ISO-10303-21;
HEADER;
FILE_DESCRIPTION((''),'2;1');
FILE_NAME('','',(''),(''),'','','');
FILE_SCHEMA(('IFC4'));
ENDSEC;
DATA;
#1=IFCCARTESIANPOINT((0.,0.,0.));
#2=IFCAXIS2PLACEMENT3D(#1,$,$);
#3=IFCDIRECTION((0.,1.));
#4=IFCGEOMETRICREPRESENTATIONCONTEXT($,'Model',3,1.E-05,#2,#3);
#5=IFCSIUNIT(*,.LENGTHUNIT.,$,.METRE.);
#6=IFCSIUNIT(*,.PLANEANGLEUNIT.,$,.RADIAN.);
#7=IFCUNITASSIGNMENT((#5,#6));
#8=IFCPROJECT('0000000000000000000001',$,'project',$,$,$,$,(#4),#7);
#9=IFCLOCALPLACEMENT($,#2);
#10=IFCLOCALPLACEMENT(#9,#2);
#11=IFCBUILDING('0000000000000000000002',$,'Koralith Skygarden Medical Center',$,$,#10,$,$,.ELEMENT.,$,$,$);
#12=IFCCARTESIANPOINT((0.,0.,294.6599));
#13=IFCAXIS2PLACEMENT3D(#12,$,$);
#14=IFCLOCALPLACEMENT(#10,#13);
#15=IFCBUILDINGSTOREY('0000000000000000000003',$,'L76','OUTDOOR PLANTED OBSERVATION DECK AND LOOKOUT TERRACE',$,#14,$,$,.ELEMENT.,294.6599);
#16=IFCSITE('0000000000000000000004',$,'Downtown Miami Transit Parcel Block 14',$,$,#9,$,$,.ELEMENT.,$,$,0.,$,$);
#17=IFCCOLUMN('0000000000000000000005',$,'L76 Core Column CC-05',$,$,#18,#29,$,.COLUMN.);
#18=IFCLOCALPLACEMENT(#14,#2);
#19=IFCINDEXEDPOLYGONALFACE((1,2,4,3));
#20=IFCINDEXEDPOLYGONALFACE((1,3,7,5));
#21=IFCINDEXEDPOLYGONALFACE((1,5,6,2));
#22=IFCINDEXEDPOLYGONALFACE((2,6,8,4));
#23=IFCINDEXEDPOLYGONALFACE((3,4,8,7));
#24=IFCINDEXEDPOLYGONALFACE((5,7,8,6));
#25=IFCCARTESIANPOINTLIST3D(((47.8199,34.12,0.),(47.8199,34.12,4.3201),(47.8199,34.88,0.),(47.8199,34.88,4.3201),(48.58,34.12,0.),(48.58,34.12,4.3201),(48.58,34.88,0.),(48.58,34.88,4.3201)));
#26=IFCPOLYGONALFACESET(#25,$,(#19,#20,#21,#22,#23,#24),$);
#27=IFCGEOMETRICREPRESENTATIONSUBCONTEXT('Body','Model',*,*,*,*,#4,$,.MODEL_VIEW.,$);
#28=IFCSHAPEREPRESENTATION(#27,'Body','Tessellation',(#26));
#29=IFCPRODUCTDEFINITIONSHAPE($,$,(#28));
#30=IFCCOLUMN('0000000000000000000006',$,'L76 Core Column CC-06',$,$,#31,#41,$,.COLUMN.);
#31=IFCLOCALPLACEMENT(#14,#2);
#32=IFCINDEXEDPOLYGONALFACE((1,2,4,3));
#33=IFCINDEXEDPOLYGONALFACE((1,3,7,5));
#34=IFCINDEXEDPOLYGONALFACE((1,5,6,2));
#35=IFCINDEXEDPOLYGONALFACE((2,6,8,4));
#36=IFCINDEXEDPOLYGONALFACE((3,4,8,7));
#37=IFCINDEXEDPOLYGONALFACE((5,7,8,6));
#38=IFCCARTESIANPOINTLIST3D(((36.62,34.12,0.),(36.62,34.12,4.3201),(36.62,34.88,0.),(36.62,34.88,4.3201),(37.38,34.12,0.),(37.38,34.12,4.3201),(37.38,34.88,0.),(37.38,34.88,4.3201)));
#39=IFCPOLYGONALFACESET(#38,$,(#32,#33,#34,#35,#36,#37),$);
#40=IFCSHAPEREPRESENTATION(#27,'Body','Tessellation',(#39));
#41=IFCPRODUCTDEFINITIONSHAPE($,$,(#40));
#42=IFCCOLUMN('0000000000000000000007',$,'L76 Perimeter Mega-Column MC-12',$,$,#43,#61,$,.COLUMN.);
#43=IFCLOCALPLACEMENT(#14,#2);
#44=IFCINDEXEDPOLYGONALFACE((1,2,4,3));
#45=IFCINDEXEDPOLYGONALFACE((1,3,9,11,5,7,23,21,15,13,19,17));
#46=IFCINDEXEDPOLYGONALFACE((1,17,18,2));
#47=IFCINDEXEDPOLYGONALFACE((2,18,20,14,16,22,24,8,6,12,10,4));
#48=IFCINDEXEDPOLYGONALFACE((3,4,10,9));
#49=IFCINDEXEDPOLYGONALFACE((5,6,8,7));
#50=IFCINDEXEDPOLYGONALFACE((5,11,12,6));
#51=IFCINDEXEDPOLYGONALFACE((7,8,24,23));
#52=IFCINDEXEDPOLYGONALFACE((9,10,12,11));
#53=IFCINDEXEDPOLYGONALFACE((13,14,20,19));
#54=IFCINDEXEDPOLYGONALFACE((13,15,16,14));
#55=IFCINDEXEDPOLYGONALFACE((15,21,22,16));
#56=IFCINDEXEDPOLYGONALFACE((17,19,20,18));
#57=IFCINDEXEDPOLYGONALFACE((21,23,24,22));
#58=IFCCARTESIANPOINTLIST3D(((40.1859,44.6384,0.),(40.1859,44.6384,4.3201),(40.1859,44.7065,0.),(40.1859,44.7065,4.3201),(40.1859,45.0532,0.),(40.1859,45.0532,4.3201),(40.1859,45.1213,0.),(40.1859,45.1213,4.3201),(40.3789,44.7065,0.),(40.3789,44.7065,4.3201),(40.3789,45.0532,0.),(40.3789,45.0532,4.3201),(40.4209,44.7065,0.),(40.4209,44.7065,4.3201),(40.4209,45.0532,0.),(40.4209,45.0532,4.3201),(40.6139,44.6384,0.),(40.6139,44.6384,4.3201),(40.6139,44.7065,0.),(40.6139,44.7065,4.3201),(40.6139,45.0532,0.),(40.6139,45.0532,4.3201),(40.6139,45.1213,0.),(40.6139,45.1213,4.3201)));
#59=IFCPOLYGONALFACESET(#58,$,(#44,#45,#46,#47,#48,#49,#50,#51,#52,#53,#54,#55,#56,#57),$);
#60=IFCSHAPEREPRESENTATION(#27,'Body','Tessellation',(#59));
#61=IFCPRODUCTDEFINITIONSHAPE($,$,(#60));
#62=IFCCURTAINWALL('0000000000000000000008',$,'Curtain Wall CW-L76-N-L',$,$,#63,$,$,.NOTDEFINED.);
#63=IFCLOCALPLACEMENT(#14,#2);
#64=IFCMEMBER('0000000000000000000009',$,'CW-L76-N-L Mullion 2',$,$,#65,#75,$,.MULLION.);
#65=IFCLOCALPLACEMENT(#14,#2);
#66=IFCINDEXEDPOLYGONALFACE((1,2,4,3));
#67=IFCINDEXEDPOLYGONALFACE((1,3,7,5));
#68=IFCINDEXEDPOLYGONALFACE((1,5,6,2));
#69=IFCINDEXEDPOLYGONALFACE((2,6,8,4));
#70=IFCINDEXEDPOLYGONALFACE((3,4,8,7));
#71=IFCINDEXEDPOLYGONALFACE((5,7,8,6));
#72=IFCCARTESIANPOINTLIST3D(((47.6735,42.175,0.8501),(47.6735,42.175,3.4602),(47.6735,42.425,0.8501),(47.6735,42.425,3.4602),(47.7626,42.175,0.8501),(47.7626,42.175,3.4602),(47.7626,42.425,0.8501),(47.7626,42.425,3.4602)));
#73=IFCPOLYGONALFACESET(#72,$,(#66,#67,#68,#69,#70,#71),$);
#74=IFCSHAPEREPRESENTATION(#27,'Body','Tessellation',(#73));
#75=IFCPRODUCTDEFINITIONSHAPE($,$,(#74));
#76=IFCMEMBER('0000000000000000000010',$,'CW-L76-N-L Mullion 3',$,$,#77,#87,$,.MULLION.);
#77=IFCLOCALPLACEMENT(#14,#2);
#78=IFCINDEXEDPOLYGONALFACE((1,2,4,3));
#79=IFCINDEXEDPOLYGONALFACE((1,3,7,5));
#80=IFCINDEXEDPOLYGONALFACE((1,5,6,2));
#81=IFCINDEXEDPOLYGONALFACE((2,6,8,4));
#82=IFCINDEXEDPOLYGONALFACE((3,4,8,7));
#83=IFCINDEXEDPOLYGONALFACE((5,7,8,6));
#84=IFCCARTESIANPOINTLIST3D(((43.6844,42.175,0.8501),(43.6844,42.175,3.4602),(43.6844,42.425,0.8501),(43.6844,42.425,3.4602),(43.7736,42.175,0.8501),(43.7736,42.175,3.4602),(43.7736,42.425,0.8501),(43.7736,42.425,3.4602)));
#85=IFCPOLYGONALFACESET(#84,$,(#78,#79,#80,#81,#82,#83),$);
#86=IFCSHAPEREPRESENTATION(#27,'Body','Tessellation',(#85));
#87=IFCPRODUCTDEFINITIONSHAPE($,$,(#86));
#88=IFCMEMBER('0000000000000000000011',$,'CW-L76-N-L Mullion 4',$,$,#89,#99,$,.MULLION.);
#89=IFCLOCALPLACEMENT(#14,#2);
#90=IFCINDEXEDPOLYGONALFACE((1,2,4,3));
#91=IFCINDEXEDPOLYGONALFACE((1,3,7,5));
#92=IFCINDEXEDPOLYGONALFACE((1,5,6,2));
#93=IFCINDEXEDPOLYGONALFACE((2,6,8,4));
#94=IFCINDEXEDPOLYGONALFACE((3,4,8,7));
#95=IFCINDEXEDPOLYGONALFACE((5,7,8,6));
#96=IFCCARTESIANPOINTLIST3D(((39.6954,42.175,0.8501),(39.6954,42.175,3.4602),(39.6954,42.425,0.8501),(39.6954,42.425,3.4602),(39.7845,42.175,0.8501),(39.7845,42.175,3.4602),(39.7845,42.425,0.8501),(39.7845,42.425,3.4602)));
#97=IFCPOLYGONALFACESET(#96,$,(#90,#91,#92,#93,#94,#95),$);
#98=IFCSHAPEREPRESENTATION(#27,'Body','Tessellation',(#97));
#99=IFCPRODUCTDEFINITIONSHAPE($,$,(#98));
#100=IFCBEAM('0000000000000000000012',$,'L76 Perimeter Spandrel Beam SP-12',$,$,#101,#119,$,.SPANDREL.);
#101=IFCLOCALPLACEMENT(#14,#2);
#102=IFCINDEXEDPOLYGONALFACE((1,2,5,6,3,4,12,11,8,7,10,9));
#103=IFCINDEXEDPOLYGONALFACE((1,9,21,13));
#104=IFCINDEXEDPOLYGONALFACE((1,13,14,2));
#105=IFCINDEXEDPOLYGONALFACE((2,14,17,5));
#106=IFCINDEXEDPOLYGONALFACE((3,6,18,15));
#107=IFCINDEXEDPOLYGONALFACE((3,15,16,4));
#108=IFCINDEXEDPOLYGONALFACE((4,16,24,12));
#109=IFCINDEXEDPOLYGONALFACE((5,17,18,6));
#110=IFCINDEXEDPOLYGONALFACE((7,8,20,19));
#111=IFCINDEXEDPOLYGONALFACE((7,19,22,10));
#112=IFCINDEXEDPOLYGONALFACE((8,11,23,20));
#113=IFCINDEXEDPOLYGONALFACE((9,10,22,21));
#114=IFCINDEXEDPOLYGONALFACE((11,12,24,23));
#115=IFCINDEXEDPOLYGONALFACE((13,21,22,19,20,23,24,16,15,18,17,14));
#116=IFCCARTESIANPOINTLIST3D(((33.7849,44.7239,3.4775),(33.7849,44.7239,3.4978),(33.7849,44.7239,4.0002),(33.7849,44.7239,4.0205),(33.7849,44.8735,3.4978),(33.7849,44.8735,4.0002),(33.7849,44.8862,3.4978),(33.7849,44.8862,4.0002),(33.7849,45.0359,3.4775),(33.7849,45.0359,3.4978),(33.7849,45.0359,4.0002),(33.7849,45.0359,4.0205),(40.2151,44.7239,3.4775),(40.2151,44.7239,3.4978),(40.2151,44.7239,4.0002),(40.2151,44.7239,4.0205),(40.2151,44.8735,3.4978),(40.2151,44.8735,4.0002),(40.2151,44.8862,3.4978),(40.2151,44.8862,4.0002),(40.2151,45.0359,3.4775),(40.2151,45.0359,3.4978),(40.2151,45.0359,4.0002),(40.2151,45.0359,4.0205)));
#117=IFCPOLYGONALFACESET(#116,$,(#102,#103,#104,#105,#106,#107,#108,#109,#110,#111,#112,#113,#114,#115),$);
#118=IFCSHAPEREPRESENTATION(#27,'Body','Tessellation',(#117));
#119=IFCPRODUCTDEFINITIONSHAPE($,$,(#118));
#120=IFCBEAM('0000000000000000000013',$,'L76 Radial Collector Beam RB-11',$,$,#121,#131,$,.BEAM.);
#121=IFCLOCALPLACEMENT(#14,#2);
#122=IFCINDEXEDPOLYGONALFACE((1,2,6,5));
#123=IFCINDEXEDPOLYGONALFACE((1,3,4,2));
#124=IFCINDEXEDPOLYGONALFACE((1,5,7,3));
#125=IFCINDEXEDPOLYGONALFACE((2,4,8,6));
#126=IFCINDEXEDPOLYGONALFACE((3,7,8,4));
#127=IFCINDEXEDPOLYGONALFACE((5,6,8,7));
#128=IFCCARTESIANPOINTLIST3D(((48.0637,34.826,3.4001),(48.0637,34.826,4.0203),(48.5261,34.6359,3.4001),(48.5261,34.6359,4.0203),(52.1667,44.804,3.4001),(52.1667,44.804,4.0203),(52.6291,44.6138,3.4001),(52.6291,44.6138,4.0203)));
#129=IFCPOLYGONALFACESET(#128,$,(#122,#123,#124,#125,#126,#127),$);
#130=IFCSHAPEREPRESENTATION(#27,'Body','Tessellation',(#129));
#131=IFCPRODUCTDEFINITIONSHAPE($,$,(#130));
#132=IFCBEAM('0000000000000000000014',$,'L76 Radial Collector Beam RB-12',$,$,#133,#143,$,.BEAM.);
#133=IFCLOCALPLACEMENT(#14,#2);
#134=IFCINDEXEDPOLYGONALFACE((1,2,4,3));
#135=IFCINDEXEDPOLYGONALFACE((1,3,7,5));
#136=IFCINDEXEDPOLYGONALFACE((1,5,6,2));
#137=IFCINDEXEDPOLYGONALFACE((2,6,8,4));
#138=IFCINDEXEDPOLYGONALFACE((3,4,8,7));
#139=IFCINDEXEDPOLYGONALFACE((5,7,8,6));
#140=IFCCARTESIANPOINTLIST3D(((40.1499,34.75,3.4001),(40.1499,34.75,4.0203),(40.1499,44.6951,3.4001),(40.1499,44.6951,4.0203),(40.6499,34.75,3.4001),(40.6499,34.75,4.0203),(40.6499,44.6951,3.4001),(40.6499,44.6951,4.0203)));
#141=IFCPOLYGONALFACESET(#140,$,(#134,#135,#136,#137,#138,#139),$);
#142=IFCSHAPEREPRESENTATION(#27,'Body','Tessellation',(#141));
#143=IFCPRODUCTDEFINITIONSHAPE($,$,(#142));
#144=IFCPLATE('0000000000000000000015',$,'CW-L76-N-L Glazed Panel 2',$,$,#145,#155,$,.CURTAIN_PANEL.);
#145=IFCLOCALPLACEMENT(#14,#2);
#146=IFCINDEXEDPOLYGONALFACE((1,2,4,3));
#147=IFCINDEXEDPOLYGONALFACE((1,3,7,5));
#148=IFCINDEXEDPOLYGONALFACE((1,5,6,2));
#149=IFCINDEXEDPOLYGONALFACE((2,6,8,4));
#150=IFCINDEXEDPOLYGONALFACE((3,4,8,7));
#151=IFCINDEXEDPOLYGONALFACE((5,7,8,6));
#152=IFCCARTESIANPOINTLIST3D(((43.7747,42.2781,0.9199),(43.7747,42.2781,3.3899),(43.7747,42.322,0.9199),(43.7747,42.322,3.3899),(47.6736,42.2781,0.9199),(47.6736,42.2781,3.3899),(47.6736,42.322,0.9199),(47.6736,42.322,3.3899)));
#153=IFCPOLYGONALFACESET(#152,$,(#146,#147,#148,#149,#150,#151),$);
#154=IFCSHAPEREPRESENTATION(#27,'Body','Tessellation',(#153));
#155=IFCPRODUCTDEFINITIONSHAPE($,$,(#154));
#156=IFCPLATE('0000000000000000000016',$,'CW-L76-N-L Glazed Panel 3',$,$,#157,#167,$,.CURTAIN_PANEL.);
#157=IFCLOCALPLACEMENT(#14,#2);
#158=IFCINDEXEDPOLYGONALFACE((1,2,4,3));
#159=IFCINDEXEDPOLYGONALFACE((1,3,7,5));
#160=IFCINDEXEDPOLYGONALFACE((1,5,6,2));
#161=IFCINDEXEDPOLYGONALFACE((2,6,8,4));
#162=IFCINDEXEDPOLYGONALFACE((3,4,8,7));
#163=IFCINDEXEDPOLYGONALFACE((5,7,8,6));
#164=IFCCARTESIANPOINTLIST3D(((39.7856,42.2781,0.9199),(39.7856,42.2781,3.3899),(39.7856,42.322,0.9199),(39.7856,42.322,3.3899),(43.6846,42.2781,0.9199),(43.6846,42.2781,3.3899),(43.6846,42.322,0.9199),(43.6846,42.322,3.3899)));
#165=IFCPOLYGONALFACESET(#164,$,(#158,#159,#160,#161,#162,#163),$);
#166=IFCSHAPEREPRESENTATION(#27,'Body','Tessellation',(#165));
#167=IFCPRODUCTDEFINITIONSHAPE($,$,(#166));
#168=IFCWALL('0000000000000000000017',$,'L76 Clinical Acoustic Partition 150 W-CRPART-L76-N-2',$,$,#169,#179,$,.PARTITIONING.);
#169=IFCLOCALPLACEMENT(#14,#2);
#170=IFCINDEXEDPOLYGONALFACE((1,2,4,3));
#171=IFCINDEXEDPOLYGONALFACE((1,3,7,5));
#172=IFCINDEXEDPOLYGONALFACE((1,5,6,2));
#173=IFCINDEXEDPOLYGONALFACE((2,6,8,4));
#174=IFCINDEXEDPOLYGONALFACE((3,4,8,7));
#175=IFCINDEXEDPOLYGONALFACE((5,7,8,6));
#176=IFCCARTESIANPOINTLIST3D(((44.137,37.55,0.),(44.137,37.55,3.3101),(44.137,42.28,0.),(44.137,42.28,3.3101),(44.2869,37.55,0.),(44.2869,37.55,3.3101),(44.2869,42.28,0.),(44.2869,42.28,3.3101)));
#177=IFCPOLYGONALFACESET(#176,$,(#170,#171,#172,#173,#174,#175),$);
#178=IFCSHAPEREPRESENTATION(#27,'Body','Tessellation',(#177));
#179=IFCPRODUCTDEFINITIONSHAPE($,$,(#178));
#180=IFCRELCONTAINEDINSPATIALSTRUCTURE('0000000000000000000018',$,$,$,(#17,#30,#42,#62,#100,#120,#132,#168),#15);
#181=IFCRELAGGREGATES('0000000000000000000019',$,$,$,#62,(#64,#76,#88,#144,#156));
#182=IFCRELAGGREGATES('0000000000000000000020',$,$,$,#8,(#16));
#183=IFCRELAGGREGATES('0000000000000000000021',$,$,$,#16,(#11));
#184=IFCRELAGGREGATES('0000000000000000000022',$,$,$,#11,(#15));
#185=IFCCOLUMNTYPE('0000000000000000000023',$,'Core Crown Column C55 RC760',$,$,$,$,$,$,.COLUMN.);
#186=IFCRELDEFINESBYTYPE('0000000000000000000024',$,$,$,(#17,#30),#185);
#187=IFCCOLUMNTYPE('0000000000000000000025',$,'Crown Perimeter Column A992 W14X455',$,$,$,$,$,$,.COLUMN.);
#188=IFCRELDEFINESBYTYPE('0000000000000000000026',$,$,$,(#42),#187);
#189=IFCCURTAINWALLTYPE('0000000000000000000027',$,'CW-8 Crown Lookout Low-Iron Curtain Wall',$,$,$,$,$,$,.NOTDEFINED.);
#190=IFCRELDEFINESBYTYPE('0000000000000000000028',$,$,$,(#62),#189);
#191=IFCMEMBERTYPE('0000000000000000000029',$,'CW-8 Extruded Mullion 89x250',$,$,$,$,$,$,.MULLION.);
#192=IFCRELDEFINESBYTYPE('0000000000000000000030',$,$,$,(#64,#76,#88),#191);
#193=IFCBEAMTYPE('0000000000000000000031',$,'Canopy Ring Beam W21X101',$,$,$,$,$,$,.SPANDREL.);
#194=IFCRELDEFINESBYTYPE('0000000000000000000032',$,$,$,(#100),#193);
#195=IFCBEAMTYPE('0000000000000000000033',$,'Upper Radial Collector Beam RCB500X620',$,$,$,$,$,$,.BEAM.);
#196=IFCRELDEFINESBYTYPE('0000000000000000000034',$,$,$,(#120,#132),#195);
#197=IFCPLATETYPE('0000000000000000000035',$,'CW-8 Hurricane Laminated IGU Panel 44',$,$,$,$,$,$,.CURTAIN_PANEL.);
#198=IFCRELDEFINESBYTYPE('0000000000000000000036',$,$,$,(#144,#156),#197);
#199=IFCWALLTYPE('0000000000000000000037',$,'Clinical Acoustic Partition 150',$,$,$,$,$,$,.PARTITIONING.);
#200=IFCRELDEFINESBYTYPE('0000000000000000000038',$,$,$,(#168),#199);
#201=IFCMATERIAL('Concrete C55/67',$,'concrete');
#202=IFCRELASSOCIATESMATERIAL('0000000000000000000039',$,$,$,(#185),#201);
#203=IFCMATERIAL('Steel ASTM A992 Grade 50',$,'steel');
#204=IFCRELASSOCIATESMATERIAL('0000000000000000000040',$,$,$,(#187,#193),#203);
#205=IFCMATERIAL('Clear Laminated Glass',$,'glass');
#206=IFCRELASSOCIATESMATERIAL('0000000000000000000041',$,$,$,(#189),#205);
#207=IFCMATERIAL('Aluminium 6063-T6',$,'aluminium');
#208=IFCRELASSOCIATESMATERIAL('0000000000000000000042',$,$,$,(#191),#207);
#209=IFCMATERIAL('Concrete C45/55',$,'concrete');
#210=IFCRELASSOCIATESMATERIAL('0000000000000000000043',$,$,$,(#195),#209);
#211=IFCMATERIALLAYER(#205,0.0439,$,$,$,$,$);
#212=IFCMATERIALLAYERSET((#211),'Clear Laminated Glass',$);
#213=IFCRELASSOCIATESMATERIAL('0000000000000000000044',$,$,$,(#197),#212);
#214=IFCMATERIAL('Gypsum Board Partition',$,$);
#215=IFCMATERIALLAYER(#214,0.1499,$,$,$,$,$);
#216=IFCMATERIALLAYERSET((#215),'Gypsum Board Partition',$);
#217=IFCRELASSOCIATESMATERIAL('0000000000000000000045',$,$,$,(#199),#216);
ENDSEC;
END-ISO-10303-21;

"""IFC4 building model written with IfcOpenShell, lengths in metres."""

from ifc_helpers import new_model, si_unit, direction, frame, frame_2d, origin, origin_2d, place, context, subcontext, project, spatial, rectangle, i_section, extrude, material, layer, layer_set, material_profile, profile_set, type_object, element, aggregate, save


model = new_model("IFC4")

# Units and contexts
model_context = context("Model", 3, precision=1e-05, world=origin(), true_north=direction((0.0, 1.0)))
body_context = subcontext(model_context, "Body", "Model", "MODEL_VIEW")
ifc_project = project(units=[si_unit("LENGTHUNIT", "METRE"), si_unit("PLANEANGLEUNIT", "RADIAN")], contexts=[model_context])

# Site, building, storey
site_placement = place(None, origin())
site = spatial("IfcSite", under=ifc_project, at=site_placement, Name="Downtown Miami Transit Parcel Block 14", CompositionType="ELEMENT", RefElevation=0.0)
building_placement = place(site_placement, origin())
building = spatial("IfcBuilding", under=site, at=building_placement, Name="Koralith Skygarden Medical Center", CompositionType="ELEMENT")
storey_placement = place(building_placement, frame((0.0, 0.0, 294.6599)))
storey = spatial("IfcBuildingStorey", under=building, at=storey_placement, Name="L76", Description="OUTDOOR PLANTED OBSERVATION DECK AND LOOKOUT TERRACE", CompositionType="ELEMENT", Elevation=294.6599)

# Columns
ifc_material_1 = material(Name="Concrete C55/67", Category="concrete")
ifc_material_profile_1 = material_profile(ifc_material_1, rectangle(XDim=0.76, YDim=0.76, at=origin_2d()), Name="RC760X760")
ifc_profile_set_1 = profile_set([ifc_material_profile_1], Name="Concrete C55/67")
column_type_1 = type_object("IfcColumnType", Name="Core Crown Column C55 RC760", PredefinedType="COLUMN", material=ifc_profile_set_1)
for number, where, z_axis, x_axis, name in (
    (1, (48.2, 34.5, 0.0), (0.0, 0.0, 1.0), (1.0, 0.0, 0.0), "L76 Core Column CC-05"),
    (2, (37.0, 34.5, 0.0), (0.0, 0.0, 1.0), (1.0, 0.0, 0.0), "L76 Core Column CC-06"),
):
    element("IfcColumn", number, at=place(storey_placement, frame(where, z_axis=z_axis, x_axis=x_axis)), inside=storey, type_object=column_type_1, Name=name, PredefinedType="COLUMN", context=body_context, shape_type="SweptSolid", body=[
        extrude(rectangle(XDim=0.76, YDim=0.76, at=origin_2d()), origin(), (0.0, 0.0, 1.0), 4.3201),
    ])
ifc_material_2 = material(Name="Steel ASTM A992 Grade 50", Category="steel")
ifc_material_profile_2 = material_profile(ifc_material_2, i_section(OverallWidth=0.428, OverallDepth=0.4829, WebThickness=0.042, FlangeThickness=0.0681, at=origin_2d()), Name="W14X455")
ifc_profile_set_2 = profile_set([ifc_material_profile_2], Name="Steel ASTM A992 Grade 50")
column_type_2 = type_object("IfcColumnType", Name="Crown Perimeter Column A992 W14X455", PredefinedType="COLUMN", material=ifc_profile_set_2)
column_placement = place(storey_placement, frame((40.3999, 44.8799, 0.0), z_axis=(0.0, 0.0, 1.0), x_axis=(1.0, 0.0, 0.0)))
element("IfcColumn", 3, at=column_placement, inside=storey, type_object=column_type_2, Name="L76 Perimeter Mega-Column MC-12", PredefinedType="COLUMN", context=body_context, shape_type="SweptSolid", body=[
    extrude(i_section(OverallWidth=0.428, OverallDepth=0.4829, WebThickness=0.042, FlangeThickness=0.0681, at=origin_2d()), origin(), (0.0, 0.0, 1.0), 4.3201),
])

# Curtain wall, members
ifc_material_3 = material(Name="Clear Laminated Glass", Category="glass")
curtain_wall_type = type_object("IfcCurtainWallType", Name="CW-8 Crown Lookout Low-Iron Curtain Wall", PredefinedType="NOTDEFINED", material=ifc_material_3)
curtain_wall_placement = place(storey_placement, origin())
curtain_wall = element("IfcCurtainWall", 4, at=curtain_wall_placement, inside=storey, type_object=curtain_wall_type, Name="Curtain Wall CW-L76-N-L", PredefinedType="NOTDEFINED")
ifc_material_4 = material(Name="Aluminium 6063-T6", Category="aluminium")
ifc_material_profile_3 = material_profile(ifc_material_4, rectangle(XDim=0.0891, YDim=0.25, at=origin_2d()), Name="MUL89X250")
ifc_profile_set_3 = profile_set([ifc_material_profile_3], Name="Aluminium 6063-T6")
member_type = type_object("IfcMemberType", Name="CW-8 Extruded Mullion 89x250", PredefinedType="MULLION", material=ifc_profile_set_3)
member_1_placement = place(storey_placement, frame((47.718, 42.3, 0.8501), z_axis=(0.0, 0.0, 1.0), x_axis=(1.0, 0.0, 0.0)))
member_1 = element("IfcMember", 5, at=member_1_placement, type_object=member_type, Name="CW-L76-N-L Mullion 2", PredefinedType="MULLION", context=body_context, shape_type="SweptSolid", body=[
    extrude(rectangle(XDim=0.0891, YDim=0.25, at=origin_2d()), origin(), (0.0, 0.0, 1.0), 2.6101),
])
member_2_placement = place(storey_placement, frame((43.729, 42.3, 0.8501), z_axis=(0.0, 0.0, 1.0), x_axis=(1.0, 0.0, 0.0)))
member_2 = element("IfcMember", 6, at=member_2_placement, type_object=member_type, Name="CW-L76-N-L Mullion 3", PredefinedType="MULLION", context=body_context, shape_type="SweptSolid", body=[
    extrude(rectangle(XDim=0.0891, YDim=0.25, at=origin_2d()), origin(), (0.0, 0.0, 1.0), 2.6101),
])
member_3_placement = place(storey_placement, frame((39.74, 42.3, 0.8501), z_axis=(0.0, 0.0, 1.0), x_axis=(1.0, 0.0, 0.0)))
member_3 = element("IfcMember", 7, at=member_3_placement, type_object=member_type, Name="CW-L76-N-L Mullion 4", PredefinedType="MULLION", context=body_context, shape_type="SweptSolid", body=[
    extrude(rectangle(XDim=0.0891, YDim=0.25, at=origin_2d()), origin(), (0.0, 0.0, 1.0), 2.6101),
])

# Beams
ifc_material_profile_4 = material_profile(ifc_material_2, i_section(OverallWidth=0.312, OverallDepth=0.543, WebThickness=0.0127, FlangeThickness=0.0203, at=origin_2d()), Name="W21X101")
ifc_profile_set_4 = profile_set([ifc_material_profile_4], Name="Steel ASTM A992 Grade 50")
beam_type_1 = type_object("IfcBeamType", Name="Canopy Ring Beam W21X101", PredefinedType="SPANDREL", material=ifc_profile_set_4)
beam_1_placement = place(storey_placement, frame((40.2151, 44.8799, 3.749), z_axis=(-1.0, 0.0, 0.0), x_axis=(0.0, -1.0, 0.0)))
element("IfcBeam", 8, at=beam_1_placement, inside=storey, type_object=beam_type_1, Name="L76 Perimeter Spandrel Beam SP-12", PredefinedType="SPANDREL", context=body_context, shape_type="SweptSolid", body=[
    extrude(i_section(OverallWidth=0.312, OverallDepth=0.543, WebThickness=0.0127, FlangeThickness=0.0203, at=origin_2d()), origin(), (0.0, 0.0, 1.0), 6.4302),
])
ifc_material_5 = material(Name="Concrete C45/55", Category="concrete")
ifc_material_profile_5 = material_profile(ifc_material_5, rectangle(XDim=0.5, YDim=0.6201, at=origin_2d()), Name="RCB500X620")
ifc_profile_set_5 = profile_set([ifc_material_profile_5], Name="Concrete C45/55")
beam_type_2 = type_object("IfcBeamType", Name="Upper Radial Collector Beam RCB500X620", PredefinedType="BEAM", material=ifc_profile_set_5)
beam_2_placement = place(storey_placement, frame((48.2949, 34.731, 3.7102), z_axis=(0.380308, 0.92486, 0.0), x_axis=(-0.92486, 0.380308, 0.0)))
element("IfcBeam", 9, at=beam_2_placement, inside=storey, type_object=beam_type_2, Name="L76 Radial Collector Beam RB-11", PredefinedType="BEAM", context=body_context, shape_type="SweptSolid", body=[
    extrude(rectangle(XDim=0.5, YDim=0.6201, at=origin_2d()), origin(), (0.0, 0.0, 1.0), 10.7886),
])
beam_3_placement = place(storey_placement, frame((40.3999, 34.75, 3.7102), z_axis=(0.0, 1.0, 0.0), x_axis=(-1.0, 0.0, 0.0)))
element("IfcBeam", 10, at=beam_3_placement, inside=storey, type_object=beam_type_2, Name="L76 Radial Collector Beam RB-12", PredefinedType="BEAM", context=body_context, shape_type="SweptSolid", body=[
    extrude(rectangle(XDim=0.5, YDim=0.6201, at=origin_2d()), origin(), (0.0, 0.0, 1.0), 9.9451),
])

# Plates
ifc_layer_1 = layer(ifc_material_3, 0.0439)
ifc_layer_set_1 = layer_set([ifc_layer_1], Name="Clear Laminated Glass")
plate_type = type_object("IfcPlateType", Name="CW-8 Hurricane Laminated IGU Panel 44", PredefinedType="CURTAIN_PANEL", material=ifc_layer_set_1)
plate_1_placement = place(storey_placement, frame((45.7241, 42.3, 0.9199), z_axis=(0.0, 0.0, 1.0), x_axis=(-1.0, 0.0, 0.0)))
plate_1 = element("IfcPlate", 11, at=plate_1_placement, type_object=plate_type, Name="CW-L76-N-L Glazed Panel 2", PredefinedType="CURTAIN_PANEL", context=body_context, shape_type="SweptSolid", body=[
    extrude(rectangle(XDim=3.8989, YDim=0.0439, at=origin_2d()), origin(), (0.0, 0.0, 1.0), 2.47),
])
plate_2_placement = place(storey_placement, frame((41.7351, 42.3, 0.9199), z_axis=(0.0, 0.0, 1.0), x_axis=(-1.0, 0.0, 0.0)))
plate_2 = element("IfcPlate", 12, at=plate_2_placement, type_object=plate_type, Name="CW-L76-N-L Glazed Panel 3", PredefinedType="CURTAIN_PANEL", context=body_context, shape_type="SweptSolid", body=[
    extrude(rectangle(XDim=3.8989, YDim=0.0439, at=origin_2d()), origin(), (0.0, 0.0, 1.0), 2.47),
])
aggregate(curtain_wall, [member_1, member_2, member_3, plate_1, plate_2])

# Wall
ifc_material_6 = material(Name="Gypsum Board Partition")
ifc_layer_2 = layer(ifc_material_6, 0.1499)
ifc_layer_set_2 = layer_set([ifc_layer_2], Name="Gypsum Board Partition")
wall_type_1 = type_object("IfcWallType", Name="Clinical Acoustic Partition 150", PredefinedType="PARTITIONING", material=ifc_layer_set_2)
wall_1_placement = place(storey_placement, frame((44.2119, 37.55, 0.0), z_axis=(0.0, 0.0, 1.0), x_axis=(0.0, 1.0, 0.0)))
element("IfcWall", 13, at=wall_1_placement, inside=storey, type_object=wall_type_1, Name="L76 Clinical Acoustic Partition 150 W-CRPART-L76-N-2", PredefinedType="PARTITIONING", context=body_context, shape_type="SweptSolid", body=[
    extrude(rectangle(XDim=4.73, YDim=0.1499, at=frame_2d((2.365, 0.0))), origin(), (0.0, 0.0, 1.0), 3.3101),
])

save(model, "model.ifc")
